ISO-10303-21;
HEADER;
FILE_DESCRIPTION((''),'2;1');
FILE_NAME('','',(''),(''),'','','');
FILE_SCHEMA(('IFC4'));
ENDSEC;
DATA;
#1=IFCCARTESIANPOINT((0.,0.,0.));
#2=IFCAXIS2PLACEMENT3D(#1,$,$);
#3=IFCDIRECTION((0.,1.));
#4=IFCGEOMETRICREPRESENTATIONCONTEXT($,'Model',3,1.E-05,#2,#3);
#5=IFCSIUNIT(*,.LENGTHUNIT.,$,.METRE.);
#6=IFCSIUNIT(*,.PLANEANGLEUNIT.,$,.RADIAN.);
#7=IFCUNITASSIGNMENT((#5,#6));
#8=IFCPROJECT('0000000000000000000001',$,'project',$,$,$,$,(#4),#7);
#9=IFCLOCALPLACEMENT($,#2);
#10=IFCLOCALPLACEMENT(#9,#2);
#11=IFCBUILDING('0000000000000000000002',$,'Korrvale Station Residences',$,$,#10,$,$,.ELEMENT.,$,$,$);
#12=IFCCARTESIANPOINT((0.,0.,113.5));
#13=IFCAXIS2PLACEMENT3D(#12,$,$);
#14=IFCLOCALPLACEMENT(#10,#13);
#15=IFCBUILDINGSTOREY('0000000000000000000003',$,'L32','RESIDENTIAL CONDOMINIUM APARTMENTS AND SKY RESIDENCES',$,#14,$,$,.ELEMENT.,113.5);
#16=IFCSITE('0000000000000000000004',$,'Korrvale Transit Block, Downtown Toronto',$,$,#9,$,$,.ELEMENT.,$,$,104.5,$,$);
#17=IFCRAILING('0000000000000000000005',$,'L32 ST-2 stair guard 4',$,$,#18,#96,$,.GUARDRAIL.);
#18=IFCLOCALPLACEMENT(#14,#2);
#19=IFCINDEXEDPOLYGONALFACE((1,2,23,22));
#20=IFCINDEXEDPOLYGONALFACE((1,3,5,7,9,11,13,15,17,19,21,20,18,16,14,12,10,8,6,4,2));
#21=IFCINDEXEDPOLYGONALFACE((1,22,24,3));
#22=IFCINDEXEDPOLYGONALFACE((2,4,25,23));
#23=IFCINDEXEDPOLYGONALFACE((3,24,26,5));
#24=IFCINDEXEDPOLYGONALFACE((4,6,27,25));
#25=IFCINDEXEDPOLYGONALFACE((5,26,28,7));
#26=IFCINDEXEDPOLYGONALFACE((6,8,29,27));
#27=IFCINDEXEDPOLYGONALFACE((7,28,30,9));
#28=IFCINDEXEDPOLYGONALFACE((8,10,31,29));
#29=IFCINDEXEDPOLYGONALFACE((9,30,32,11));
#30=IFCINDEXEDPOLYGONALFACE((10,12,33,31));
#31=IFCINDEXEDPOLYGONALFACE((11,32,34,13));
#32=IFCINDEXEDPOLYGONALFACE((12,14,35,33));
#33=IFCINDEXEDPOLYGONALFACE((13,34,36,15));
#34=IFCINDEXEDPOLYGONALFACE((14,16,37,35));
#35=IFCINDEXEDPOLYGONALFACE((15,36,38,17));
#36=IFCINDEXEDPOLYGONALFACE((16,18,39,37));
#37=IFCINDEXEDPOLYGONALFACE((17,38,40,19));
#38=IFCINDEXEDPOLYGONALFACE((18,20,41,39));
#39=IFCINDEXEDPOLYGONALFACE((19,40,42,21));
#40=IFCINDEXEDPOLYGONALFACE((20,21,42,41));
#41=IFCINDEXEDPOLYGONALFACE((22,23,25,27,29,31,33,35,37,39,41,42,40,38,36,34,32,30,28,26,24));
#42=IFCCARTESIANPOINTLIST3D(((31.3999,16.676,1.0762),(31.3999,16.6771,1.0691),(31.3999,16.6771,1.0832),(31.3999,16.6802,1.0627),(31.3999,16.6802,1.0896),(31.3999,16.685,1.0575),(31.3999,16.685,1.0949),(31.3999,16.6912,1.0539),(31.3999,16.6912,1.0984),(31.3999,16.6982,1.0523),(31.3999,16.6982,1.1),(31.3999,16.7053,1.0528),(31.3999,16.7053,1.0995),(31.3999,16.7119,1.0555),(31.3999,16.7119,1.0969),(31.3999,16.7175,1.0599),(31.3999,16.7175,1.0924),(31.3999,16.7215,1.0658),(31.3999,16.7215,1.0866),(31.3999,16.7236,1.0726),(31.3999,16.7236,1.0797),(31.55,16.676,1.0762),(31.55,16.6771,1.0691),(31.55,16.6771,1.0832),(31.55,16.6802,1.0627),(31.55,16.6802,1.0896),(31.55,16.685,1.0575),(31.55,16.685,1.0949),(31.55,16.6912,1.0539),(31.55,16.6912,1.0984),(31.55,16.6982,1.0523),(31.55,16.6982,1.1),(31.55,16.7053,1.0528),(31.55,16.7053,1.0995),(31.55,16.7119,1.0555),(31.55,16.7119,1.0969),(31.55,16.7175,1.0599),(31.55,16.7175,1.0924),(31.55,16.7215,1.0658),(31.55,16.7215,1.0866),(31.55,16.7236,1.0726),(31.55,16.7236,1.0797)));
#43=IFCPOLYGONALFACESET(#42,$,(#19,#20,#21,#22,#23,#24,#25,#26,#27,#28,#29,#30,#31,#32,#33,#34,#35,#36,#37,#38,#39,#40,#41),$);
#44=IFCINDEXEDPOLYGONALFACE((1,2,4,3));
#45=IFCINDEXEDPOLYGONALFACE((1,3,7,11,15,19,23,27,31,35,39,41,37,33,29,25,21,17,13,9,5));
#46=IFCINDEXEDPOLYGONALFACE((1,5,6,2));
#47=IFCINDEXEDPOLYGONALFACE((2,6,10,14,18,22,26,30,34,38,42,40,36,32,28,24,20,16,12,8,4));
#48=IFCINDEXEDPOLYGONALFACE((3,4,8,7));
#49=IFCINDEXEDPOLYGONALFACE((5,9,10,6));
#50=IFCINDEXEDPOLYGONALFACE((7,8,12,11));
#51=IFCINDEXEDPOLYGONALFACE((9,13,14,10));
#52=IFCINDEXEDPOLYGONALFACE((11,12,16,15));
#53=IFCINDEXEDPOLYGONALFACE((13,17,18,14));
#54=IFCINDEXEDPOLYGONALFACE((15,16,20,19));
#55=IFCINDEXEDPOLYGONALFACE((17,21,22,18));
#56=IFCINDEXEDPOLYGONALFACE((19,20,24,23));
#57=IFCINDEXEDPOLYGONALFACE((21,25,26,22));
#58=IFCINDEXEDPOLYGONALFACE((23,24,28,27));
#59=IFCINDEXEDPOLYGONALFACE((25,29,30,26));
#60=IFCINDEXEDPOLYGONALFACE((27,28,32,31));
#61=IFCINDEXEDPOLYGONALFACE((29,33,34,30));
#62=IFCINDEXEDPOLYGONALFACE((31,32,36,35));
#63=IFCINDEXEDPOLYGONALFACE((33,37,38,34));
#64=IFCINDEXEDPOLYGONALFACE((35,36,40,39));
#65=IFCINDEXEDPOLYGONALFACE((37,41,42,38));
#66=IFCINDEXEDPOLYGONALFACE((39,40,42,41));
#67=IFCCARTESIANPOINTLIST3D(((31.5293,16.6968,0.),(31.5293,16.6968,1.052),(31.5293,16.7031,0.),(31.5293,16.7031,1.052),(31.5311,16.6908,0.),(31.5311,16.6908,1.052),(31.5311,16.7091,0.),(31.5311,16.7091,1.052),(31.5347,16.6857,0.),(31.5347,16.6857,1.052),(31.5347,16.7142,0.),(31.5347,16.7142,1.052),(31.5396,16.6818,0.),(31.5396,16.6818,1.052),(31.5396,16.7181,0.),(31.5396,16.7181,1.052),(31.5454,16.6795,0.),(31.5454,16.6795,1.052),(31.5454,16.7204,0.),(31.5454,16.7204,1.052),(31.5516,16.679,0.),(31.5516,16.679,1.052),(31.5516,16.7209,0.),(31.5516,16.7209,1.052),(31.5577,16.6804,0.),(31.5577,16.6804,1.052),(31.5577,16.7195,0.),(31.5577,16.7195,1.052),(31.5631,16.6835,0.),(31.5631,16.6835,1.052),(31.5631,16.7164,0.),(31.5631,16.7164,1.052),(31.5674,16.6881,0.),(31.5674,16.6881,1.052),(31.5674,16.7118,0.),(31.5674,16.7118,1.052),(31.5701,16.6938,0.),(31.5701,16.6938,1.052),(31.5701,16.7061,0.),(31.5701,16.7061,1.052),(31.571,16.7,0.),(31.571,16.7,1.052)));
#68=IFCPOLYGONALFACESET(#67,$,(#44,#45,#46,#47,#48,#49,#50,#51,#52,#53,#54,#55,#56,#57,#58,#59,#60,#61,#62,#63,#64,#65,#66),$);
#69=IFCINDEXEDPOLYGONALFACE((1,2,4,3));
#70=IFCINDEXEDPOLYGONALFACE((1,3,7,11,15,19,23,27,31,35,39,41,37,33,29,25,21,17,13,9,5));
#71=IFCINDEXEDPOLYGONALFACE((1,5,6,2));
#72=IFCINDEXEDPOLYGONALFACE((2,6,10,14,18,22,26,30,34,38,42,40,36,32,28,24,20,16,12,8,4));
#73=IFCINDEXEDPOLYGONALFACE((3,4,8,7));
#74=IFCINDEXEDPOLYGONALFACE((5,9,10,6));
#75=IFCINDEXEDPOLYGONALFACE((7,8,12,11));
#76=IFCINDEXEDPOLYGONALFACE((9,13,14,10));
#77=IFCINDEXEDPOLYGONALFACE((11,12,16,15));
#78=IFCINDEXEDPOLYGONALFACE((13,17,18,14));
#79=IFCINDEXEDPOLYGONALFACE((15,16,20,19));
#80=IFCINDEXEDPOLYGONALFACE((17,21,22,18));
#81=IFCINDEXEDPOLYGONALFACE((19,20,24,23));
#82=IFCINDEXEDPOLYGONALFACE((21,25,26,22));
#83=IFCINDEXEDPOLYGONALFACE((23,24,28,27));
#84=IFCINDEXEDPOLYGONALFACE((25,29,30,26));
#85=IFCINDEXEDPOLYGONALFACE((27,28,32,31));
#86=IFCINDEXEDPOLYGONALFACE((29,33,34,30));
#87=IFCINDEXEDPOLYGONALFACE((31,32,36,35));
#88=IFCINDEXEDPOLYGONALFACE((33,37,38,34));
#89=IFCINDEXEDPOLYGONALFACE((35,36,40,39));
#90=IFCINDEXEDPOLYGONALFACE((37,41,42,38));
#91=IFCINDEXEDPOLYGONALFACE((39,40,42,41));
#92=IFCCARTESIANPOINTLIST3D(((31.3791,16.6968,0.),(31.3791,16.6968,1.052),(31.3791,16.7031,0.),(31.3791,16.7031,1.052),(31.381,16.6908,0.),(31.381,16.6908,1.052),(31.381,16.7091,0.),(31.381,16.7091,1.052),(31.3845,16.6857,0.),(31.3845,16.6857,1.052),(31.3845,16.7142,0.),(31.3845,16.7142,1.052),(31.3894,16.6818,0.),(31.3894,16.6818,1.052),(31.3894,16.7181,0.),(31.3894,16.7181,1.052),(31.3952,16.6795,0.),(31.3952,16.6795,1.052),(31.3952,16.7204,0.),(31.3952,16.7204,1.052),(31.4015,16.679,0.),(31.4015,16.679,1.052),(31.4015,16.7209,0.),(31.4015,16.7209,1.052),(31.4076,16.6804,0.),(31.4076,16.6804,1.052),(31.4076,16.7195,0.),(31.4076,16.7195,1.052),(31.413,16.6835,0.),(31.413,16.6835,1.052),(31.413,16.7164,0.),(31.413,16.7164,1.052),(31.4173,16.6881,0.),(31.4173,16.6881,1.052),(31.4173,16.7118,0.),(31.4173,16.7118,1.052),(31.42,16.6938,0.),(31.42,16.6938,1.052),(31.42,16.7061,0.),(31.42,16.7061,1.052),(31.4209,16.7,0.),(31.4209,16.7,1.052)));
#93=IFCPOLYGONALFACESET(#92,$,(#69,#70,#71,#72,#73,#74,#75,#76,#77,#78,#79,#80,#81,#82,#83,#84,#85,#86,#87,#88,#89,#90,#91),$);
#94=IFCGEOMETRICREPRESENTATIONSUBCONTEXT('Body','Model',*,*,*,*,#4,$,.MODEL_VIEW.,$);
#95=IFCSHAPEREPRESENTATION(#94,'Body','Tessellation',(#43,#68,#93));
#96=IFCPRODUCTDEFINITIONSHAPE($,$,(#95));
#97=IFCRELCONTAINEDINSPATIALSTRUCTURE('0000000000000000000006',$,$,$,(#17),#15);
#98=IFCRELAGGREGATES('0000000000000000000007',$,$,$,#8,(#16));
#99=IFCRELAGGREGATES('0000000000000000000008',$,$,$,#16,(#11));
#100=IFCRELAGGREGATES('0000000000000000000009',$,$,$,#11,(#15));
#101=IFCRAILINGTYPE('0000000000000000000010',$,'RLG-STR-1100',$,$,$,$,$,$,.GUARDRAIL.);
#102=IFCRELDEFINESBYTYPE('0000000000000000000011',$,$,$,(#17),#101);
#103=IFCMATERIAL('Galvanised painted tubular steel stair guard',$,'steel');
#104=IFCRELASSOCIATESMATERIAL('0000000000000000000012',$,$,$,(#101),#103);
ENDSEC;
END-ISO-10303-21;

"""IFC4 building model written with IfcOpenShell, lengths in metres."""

from ifc_helpers import new_model, si_unit, direction, frame, origin, origin_2d, place, context, subcontext, project, spatial, circle, extrude, material, type_object, element, save


model = new_model("IFC4")

# Units and contexts
model_context = context("Model", 3, precision=1e-05, world=origin(), true_north=direction((0.0, 1.0)))
body_context = subcontext(model_context, "Body", "Model", "MODEL_VIEW")
ifc_project = project(units=[si_unit("LENGTHUNIT", "METRE"), si_unit("PLANEANGLEUNIT", "RADIAN")], contexts=[model_context])

# Site, building, storey
site_placement = place(None, origin())
site = spatial("IfcSite", under=ifc_project, at=site_placement, Name="Korrvale Transit Block, Downtown Toronto", CompositionType="ELEMENT", RefElevation=104.5)
building_placement = place(site_placement, origin())
building = spatial("IfcBuilding", under=site, at=building_placement, Name="Korrvale Station Residences", CompositionType="ELEMENT")
storey_placement = place(building_placement, frame((0.0, 0.0, 113.5)))
storey = spatial("IfcBuildingStorey", under=building, at=storey_placement, Name="L32", Description="RESIDENTIAL CONDOMINIUM APARTMENTS AND SKY RESIDENCES", CompositionType="ELEMENT", Elevation=113.5)

# Railing
ifc_material_1 = material(Name="Galvanised painted tubular steel stair guard", Category="steel")
railing_type_1 = type_object("IfcRailingType", Name="RLG-STR-1100", PredefinedType="GUARDRAIL", material=ifc_material_1)
railing_1_placement = place(storey_placement, frame((31.55, 16.7, 0.0)))
element("IfcRailing", 1, at=railing_1_placement, inside=storey, type_object=railing_type_1, Name="L32 ST-2 stair guard 4", PredefinedType="GUARDRAIL", context=body_context, shape_type="SweptSolid", body=[
    extrude(circle(Radius=0.0239, at=origin_2d()), frame((0.0, 0.0, 1.0762), z_axis=(-1.0, 0.0, 0.0), x_axis=(0.0, -1.0, 0.0)), (0.0, 0.0, 1.0), 0.1501),
    extrude(circle(Radius=0.021, at=origin_2d()), origin(), (0.0, 0.0, 1.0), 1.052),
    extrude(circle(Radius=0.021, at=origin_2d()), frame((-0.1501, 0.0, 0.0)), (0.0, 0.0, 1.0), 1.052),
])

save(model, "model.ifc")
